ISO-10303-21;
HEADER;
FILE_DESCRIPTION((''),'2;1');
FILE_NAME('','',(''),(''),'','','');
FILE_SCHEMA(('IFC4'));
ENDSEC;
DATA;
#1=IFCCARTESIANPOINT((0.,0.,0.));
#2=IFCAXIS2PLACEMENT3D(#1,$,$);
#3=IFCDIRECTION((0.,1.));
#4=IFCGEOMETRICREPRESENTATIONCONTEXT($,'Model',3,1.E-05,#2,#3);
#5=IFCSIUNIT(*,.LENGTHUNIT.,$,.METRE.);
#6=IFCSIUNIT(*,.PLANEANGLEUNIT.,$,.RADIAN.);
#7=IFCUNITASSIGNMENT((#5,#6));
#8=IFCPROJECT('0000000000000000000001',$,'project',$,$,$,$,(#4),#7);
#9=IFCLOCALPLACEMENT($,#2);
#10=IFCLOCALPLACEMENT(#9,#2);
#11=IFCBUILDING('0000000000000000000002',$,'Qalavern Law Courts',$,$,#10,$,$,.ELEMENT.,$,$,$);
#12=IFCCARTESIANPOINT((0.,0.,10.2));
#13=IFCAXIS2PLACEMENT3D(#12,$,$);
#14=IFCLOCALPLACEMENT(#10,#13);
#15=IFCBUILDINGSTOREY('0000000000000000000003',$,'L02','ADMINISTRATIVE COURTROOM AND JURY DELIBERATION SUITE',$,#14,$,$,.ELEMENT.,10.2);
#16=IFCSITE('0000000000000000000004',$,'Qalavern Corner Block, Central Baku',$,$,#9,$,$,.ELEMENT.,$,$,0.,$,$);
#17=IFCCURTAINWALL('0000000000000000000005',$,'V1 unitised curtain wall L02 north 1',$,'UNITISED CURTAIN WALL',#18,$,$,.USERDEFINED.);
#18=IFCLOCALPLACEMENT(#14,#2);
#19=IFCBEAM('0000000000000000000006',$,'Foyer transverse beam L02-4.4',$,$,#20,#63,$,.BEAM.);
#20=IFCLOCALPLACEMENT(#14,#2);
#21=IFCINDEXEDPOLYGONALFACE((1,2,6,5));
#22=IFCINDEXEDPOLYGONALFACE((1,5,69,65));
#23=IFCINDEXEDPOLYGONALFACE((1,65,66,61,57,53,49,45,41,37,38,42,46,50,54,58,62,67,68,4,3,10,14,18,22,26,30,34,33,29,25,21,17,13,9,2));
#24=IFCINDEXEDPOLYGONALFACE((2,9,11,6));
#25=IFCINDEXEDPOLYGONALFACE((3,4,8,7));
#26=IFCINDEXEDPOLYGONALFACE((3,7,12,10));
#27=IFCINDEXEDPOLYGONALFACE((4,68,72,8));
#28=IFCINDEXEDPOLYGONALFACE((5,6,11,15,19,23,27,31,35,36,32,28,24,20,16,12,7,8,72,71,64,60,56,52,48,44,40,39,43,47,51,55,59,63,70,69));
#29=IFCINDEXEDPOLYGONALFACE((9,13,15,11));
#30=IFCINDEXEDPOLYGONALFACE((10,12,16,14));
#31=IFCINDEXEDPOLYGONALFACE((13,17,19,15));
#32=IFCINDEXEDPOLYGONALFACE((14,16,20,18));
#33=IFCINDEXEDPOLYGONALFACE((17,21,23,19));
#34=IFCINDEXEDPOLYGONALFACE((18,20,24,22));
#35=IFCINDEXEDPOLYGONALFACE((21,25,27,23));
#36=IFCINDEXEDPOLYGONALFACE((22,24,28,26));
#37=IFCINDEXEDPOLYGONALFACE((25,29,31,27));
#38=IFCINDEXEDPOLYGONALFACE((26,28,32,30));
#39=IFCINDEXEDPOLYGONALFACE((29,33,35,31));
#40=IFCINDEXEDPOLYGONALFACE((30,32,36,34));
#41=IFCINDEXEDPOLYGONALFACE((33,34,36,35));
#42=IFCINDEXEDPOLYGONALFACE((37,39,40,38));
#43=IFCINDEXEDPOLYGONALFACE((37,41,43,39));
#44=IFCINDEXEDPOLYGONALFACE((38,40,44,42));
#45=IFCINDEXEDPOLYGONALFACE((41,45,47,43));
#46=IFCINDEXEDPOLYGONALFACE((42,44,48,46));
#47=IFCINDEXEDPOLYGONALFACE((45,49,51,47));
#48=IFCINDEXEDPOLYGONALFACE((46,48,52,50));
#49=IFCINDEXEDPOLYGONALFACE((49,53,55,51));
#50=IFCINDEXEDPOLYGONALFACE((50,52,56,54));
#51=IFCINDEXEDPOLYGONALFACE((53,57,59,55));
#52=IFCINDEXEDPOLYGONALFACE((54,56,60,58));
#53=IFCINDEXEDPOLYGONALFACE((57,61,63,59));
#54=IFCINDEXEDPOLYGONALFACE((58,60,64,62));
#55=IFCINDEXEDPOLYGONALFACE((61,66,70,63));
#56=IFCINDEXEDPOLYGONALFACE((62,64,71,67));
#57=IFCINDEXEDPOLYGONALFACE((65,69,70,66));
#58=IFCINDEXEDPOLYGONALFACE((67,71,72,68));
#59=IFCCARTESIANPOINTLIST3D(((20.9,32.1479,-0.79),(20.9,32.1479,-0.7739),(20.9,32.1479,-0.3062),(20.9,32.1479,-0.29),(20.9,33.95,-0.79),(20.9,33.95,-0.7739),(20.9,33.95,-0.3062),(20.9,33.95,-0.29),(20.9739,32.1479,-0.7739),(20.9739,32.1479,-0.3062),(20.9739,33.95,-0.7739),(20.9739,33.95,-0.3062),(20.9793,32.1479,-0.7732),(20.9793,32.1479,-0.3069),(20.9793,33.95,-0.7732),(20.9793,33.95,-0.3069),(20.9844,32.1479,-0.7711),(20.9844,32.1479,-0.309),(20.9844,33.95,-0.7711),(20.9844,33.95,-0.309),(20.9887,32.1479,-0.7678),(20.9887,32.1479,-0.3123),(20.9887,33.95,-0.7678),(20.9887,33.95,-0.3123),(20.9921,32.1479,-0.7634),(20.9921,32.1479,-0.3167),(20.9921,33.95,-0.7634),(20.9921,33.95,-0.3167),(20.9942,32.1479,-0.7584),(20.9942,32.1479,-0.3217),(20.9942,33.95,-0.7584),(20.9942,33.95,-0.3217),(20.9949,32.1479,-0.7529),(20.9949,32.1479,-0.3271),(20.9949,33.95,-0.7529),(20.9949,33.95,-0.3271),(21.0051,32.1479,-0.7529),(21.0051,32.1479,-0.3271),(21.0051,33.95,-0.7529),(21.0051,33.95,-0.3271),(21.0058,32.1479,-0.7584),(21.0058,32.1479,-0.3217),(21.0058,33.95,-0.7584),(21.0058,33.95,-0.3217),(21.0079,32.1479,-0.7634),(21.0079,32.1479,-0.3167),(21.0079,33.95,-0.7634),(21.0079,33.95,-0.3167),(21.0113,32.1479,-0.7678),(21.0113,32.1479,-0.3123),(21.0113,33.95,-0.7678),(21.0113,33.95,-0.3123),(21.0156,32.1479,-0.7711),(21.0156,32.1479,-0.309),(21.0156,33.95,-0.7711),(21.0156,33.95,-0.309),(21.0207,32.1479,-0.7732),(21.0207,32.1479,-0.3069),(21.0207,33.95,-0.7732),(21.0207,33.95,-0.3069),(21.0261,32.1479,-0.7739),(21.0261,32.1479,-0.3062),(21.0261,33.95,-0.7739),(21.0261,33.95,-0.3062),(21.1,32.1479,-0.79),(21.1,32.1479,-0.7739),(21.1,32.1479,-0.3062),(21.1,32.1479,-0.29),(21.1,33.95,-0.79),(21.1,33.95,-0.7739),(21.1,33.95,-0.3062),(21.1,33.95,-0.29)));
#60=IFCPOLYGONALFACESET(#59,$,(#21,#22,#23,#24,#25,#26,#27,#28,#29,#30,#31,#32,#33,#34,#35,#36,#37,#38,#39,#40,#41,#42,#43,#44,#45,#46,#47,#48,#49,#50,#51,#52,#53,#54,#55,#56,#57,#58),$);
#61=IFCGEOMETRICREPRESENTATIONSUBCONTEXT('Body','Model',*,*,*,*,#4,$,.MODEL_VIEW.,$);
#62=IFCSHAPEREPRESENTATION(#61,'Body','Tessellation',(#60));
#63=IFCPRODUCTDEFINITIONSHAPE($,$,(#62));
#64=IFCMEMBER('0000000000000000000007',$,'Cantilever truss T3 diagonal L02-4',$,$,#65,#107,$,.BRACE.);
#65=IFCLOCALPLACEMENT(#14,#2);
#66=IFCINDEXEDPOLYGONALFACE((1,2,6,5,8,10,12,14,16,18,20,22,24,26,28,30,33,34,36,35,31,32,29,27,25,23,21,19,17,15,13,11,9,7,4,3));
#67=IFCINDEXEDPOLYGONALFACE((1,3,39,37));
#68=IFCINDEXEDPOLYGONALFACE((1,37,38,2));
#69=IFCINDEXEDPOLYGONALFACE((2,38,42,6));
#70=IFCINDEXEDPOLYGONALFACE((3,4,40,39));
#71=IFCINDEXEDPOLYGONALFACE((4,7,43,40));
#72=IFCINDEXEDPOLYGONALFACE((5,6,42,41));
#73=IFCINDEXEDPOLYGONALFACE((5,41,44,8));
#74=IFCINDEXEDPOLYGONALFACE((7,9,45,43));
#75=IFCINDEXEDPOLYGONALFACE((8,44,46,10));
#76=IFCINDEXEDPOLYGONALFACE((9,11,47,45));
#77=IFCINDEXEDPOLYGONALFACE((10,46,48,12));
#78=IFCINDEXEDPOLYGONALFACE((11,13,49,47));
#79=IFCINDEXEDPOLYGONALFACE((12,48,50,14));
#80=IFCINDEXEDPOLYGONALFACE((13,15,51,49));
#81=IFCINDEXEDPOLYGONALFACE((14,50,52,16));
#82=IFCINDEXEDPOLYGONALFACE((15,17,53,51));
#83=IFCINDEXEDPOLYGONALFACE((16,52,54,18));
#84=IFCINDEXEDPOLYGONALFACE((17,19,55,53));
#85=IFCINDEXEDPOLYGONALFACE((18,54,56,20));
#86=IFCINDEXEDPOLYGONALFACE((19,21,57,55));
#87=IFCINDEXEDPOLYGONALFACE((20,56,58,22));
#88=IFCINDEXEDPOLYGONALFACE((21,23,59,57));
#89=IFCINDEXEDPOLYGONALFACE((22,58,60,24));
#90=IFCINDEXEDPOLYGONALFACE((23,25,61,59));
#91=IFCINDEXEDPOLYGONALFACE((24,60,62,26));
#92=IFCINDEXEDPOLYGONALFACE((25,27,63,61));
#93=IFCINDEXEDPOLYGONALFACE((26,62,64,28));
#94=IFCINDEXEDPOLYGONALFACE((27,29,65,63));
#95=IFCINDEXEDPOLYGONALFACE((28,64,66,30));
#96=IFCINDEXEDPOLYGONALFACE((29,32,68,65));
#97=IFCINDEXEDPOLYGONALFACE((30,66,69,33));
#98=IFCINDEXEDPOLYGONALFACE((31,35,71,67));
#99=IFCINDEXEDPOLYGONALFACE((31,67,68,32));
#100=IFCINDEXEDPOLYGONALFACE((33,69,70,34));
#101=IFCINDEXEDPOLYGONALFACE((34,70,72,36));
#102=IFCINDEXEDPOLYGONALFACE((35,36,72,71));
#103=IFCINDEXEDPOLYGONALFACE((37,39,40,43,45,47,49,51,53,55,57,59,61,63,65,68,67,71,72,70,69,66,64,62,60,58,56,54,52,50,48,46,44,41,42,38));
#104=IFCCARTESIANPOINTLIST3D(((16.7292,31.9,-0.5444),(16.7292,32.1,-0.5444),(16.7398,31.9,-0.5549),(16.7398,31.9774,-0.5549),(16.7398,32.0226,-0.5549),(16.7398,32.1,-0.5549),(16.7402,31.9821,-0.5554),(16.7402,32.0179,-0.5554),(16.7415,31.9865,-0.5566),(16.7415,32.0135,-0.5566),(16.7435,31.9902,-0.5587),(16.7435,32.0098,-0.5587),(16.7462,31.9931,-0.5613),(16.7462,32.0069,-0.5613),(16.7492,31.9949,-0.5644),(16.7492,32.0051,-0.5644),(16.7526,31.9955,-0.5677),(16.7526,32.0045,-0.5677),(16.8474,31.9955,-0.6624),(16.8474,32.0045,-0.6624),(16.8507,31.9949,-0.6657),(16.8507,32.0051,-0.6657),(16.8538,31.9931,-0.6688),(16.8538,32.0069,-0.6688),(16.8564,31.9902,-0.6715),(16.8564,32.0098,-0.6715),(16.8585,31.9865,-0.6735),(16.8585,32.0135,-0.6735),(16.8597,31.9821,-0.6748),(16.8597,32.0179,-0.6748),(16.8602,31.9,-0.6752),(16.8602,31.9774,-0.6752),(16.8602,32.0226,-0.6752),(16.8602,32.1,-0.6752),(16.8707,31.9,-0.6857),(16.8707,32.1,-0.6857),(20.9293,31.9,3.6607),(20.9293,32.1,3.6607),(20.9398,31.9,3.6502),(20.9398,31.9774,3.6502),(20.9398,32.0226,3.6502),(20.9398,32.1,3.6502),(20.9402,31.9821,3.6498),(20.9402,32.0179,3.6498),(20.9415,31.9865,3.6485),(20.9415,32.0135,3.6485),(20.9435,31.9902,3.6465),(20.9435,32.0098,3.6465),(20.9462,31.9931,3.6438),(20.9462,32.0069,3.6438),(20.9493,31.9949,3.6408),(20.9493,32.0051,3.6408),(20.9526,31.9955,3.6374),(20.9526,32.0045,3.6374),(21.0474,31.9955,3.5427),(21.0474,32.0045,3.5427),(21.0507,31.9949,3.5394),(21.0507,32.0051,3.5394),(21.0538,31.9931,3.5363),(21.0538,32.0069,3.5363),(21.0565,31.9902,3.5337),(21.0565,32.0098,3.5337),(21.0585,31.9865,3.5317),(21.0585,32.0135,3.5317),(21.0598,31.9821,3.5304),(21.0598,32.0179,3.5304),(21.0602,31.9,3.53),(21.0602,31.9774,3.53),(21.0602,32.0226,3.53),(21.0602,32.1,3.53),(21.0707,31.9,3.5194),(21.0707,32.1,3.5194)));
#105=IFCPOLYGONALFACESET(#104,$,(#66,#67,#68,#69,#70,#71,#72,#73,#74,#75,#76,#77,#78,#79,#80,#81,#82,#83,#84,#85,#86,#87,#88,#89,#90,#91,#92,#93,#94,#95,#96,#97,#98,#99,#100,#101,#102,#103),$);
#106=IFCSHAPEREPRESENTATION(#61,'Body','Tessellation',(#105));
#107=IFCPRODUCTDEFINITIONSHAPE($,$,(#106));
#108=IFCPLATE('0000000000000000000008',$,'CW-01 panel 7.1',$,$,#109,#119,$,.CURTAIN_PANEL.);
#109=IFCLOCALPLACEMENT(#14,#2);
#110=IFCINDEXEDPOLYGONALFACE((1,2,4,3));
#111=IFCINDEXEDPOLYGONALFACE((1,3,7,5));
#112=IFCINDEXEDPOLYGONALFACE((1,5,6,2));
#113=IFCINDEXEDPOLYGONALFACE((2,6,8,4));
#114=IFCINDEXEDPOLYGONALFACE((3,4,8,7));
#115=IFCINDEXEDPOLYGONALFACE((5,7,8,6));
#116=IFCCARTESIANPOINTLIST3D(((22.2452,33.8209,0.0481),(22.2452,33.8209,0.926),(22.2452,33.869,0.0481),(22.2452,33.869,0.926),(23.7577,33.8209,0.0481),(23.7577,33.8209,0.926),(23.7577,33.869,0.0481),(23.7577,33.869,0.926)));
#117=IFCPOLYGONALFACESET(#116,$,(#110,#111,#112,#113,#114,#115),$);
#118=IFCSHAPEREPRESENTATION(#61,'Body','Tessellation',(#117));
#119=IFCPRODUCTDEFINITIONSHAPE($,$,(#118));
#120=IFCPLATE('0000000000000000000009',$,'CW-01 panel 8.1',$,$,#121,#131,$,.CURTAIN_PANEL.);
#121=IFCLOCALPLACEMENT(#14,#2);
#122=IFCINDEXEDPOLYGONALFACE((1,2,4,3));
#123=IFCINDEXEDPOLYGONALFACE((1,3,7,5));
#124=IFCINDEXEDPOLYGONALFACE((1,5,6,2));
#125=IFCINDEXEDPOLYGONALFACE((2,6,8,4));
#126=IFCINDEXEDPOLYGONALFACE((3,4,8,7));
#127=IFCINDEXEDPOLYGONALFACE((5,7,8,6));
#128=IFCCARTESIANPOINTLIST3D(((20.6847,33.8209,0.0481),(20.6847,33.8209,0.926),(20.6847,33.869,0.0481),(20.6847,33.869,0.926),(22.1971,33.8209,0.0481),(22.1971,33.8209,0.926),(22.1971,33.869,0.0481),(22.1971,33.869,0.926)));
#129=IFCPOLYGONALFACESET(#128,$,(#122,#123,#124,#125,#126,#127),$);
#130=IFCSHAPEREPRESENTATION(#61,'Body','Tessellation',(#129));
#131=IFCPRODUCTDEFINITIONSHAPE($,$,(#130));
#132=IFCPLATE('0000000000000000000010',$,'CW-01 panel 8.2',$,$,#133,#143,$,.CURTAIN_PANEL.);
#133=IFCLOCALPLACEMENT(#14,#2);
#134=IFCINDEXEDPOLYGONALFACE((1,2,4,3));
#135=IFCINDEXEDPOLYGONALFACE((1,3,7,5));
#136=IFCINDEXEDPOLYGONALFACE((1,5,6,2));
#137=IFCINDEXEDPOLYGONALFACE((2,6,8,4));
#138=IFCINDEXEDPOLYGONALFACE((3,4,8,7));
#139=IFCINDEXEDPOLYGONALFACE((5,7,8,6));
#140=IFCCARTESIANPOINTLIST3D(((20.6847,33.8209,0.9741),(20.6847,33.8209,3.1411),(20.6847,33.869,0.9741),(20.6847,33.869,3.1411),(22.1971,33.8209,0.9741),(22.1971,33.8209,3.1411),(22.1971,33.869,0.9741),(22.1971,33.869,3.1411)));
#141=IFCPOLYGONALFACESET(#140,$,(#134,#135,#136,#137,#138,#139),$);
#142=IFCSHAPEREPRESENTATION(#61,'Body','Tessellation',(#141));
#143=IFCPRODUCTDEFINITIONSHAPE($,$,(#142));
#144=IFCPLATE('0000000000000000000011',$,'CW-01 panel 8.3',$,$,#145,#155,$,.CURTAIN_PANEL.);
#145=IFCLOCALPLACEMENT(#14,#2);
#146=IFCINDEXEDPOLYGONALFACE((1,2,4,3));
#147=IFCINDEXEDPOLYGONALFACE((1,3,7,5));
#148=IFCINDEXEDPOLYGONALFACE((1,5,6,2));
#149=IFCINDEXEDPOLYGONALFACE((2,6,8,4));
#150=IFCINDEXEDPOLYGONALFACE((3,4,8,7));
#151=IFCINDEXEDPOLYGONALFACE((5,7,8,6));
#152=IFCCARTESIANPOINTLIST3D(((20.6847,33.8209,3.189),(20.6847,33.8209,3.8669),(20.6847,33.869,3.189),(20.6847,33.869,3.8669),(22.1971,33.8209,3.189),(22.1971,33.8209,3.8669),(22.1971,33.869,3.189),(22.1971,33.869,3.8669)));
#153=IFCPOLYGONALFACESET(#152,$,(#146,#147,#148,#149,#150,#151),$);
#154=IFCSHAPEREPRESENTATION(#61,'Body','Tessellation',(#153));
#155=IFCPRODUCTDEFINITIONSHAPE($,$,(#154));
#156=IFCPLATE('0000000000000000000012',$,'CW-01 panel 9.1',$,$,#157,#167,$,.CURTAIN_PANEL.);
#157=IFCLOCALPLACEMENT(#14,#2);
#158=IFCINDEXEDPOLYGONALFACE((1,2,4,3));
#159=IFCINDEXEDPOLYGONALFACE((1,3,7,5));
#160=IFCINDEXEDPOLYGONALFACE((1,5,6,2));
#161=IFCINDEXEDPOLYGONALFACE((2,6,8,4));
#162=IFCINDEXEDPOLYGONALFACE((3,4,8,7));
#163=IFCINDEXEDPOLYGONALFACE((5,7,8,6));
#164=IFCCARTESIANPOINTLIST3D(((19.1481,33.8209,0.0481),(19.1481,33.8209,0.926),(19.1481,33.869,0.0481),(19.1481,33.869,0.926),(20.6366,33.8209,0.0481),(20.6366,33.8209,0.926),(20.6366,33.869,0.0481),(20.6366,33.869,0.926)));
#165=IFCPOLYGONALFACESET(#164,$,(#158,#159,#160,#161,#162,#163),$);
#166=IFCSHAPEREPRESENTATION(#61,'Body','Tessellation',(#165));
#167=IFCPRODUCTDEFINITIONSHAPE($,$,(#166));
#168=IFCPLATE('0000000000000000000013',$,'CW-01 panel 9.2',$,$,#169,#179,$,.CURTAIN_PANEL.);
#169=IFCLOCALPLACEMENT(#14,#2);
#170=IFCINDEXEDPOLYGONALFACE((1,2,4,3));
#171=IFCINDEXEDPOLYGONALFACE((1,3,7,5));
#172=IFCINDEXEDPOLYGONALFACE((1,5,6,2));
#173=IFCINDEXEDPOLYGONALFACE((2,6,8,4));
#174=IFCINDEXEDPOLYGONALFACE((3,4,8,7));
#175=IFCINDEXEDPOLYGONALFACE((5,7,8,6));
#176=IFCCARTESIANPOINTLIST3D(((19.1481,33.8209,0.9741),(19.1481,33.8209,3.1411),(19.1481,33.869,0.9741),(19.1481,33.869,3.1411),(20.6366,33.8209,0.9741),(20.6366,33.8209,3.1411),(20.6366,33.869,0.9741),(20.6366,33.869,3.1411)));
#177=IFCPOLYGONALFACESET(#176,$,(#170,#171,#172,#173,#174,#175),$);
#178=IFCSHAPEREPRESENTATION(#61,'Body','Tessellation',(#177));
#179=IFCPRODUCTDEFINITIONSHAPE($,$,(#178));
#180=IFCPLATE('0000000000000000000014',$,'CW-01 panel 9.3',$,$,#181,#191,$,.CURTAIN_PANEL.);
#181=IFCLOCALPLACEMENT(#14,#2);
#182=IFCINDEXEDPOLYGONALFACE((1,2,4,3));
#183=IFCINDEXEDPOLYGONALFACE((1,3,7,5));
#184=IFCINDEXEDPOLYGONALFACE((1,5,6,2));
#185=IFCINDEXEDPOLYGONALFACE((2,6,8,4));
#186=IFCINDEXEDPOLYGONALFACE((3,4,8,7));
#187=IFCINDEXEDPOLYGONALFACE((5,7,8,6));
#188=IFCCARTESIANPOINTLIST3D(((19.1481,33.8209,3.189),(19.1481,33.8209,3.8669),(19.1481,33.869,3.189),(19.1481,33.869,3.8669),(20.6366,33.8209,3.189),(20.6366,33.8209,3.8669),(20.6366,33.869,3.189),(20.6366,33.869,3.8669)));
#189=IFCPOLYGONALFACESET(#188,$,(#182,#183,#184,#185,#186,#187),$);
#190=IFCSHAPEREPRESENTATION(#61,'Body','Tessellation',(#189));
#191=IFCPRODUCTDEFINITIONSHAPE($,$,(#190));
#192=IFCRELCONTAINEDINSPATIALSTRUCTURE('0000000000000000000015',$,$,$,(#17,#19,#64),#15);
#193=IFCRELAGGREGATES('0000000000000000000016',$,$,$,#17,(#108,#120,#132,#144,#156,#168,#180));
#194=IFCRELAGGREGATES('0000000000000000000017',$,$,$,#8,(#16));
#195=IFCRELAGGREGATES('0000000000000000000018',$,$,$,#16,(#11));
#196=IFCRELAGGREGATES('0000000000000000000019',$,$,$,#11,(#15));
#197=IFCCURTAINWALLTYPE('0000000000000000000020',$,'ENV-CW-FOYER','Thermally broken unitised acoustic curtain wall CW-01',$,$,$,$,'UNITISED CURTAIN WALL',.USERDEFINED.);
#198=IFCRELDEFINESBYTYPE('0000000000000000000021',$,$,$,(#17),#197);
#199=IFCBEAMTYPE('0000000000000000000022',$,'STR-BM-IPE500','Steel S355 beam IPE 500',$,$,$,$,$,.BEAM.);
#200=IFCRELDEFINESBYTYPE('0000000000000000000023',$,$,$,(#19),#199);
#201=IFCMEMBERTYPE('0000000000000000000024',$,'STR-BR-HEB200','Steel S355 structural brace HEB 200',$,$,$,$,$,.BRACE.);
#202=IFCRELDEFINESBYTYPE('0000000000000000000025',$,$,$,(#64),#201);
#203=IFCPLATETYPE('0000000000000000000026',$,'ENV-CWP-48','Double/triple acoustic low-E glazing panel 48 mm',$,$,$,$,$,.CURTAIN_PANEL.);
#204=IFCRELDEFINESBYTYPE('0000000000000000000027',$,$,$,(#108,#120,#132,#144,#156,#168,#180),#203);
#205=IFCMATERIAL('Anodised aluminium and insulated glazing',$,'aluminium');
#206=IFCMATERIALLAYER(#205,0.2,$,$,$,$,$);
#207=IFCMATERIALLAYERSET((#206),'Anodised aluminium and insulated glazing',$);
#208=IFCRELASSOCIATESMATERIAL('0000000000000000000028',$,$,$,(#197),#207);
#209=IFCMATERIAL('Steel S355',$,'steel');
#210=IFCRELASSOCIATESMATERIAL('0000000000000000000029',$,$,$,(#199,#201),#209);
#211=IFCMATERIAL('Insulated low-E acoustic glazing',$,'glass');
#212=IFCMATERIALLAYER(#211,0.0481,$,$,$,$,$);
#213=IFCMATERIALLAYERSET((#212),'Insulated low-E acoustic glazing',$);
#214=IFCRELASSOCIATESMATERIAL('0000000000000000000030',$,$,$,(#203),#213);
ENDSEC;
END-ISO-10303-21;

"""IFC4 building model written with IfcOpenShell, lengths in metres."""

from ifc_helpers import new_model, si_unit, direction, frame, origin, origin_2d, place, context, subcontext, project, spatial, rectangle, i_section, extrude, material, layer, layer_set, material_profile, profile_set, type_object, element, aggregate, save


model = new_model("IFC4")

# Units and contexts
model_context = context("Model", 3, precision=1e-05, world=origin(), true_north=direction((0.0, 1.0)))
body_context = subcontext(model_context, "Body", "Model", "MODEL_VIEW")
ifc_project = project(units=[si_unit("LENGTHUNIT", "METRE"), si_unit("PLANEANGLEUNIT", "RADIAN")], contexts=[model_context])

# Site, building, storey
site_placement = place(None, origin())
site = spatial("IfcSite", under=ifc_project, at=site_placement, Name="Qalavern Corner Block, Central Baku", CompositionType="ELEMENT", RefElevation=0.0)
building_placement = place(site_placement, origin())
building = spatial("IfcBuilding", under=site, at=building_placement, Name="Qalavern Law Courts", CompositionType="ELEMENT")
storey_placement = place(building_placement, frame((0.0, 0.0, 10.2)))
storey = spatial("IfcBuildingStorey", under=building, at=storey_placement, Name="L02", Description="ADMINISTRATIVE COURTROOM AND JURY DELIBERATION SUITE", CompositionType="ELEMENT", Elevation=10.2)

# Curtain wall
ifc_material_1 = material(Name="Anodised aluminium and insulated glazing", Category="aluminium")
ifc_layer_1 = layer(ifc_material_1, 0.2)
ifc_layer_set_1 = layer_set([ifc_layer_1], Name="Anodised aluminium and insulated glazing")
curtain_wall_type = type_object("IfcCurtainWallType", Name="ENV-CW-FOYER", Description="Thermally broken unitised acoustic curtain wall CW-01", ElementType="UNITISED CURTAIN WALL", PredefinedType="USERDEFINED", material=ifc_layer_set_1)
curtain_wall_placement = place(storey_placement, origin())
curtain_wall = element("IfcCurtainWall", 1, at=curtain_wall_placement, inside=storey, type_object=curtain_wall_type, Name="V1 unitised curtain wall L02 north 1", ObjectType="UNITISED CURTAIN WALL", PredefinedType="USERDEFINED")

# Beam
ifc_material_2 = material(Name="Steel S355", Category="steel")
ifc_material_profile_1 = material_profile(ifc_material_2, i_section(OverallWidth=0.2, OverallDepth=0.5, WebThickness=0.0103, FlangeThickness=0.0161, FilletRadius=0.021, at=origin_2d()), Name="IPE 500")
ifc_profile_set_1 = profile_set([ifc_material_profile_1], Name="Steel S355")
beam_type = type_object("IfcBeamType", Name="STR-BM-IPE500", Description="Steel S355 beam IPE 500", PredefinedType="BEAM", material=ifc_profile_set_1)
beam_placement = place(storey_placement, frame((21.0, 32.1479, -0.54), z_axis=(0.0, 1.0, 0.0), x_axis=(-1.0, 0.0, 0.0)))
element("IfcBeam", 2, at=beam_placement, inside=storey, type_object=beam_type, Name="Foyer transverse beam L02-4.4", PredefinedType="BEAM", context=body_context, shape_type="SweptSolid", body=[
    extrude(i_section(OverallWidth=0.2, OverallDepth=0.5, WebThickness=0.0103, FlangeThickness=0.0161, FilletRadius=0.021, at=origin_2d()), origin(), (0.0, 0.0, 1.0), 1.802),
])

# Member
ifc_material_profile_2 = material_profile(ifc_material_2, i_section(OverallWidth=0.2, OverallDepth=0.2, WebThickness=0.009, FlangeThickness=0.0149, FilletRadius=0.0181, at=origin_2d()), Name="HEB 200")
ifc_profile_set_2 = profile_set([ifc_material_profile_2], Name="Steel S355")
member_type_1 = type_object("IfcMemberType", Name="STR-BR-HEB200", Description="Steel S355 structural brace HEB 200", PredefinedType="BRACE", material=ifc_profile_set_2)
member_1_placement = place(storey_placement, frame((21.0, 32.0, 3.5901), z_axis=(-0.706675, 0.0, -0.707538), x_axis=(0.0, -1.0, 0.0)))
element("IfcMember", 3, at=member_1_placement, inside=storey, type_object=member_type_1, Name="Cantilever truss T3 diagonal L02-4", PredefinedType="BRACE", context=body_context, shape_type="SweptSolid", body=[
    extrude(i_section(OverallWidth=0.2, OverallDepth=0.2, WebThickness=0.009, FlangeThickness=0.0149, FilletRadius=0.0181, at=origin_2d()), origin(), (0.0, 0.0, 1.0), 5.9434),
])

# Plates
ifc_material_3 = material(Name="Insulated low-E acoustic glazing", Category="glass")
ifc_layer_2 = layer(ifc_material_3, 0.0481)
ifc_layer_set_2 = layer_set([ifc_layer_2], Name="Insulated low-E acoustic glazing")
plate_type_1 = type_object("IfcPlateType", Name="ENV-CWP-48", Description="Double/triple acoustic low-E glazing panel 48 mm", PredefinedType="CURTAIN_PANEL", material=ifc_layer_set_2)
plate_1_placement = place(storey_placement, frame((23.0015, 33.845, 0.0481), z_axis=(0.0, 0.0, 1.0), x_axis=(-1.0, 0.0, 0.0)))
plate_1 = element("IfcPlate", 4, at=plate_1_placement, type_object=plate_type_1, Name="CW-01 panel 7.1", PredefinedType="CURTAIN_PANEL", context=body_context, shape_type="SweptSolid", body=[
    extrude(rectangle(XDim=1.5125, YDim=0.0481, at=origin_2d()), origin(), (0.0, 0.0, 1.0), 0.8779),
])
plate_2_placement = place(storey_placement, frame((21.4409, 33.845, 0.0481), z_axis=(0.0, 0.0, 1.0), x_axis=(-1.0, 0.0, 0.0)))
plate_2 = element("IfcPlate", 5, at=plate_2_placement, type_object=plate_type_1, Name="CW-01 panel 8.1", PredefinedType="CURTAIN_PANEL", context=body_context, shape_type="SweptSolid", body=[
    extrude(rectangle(XDim=1.5125, YDim=0.0481, at=origin_2d()), origin(), (0.0, 0.0, 1.0), 0.8779),
])
plate_3_placement = place(storey_placement, frame((21.4409, 33.845, 0.9741), z_axis=(0.0, 0.0, 1.0), x_axis=(-1.0, 0.0, 0.0)))
plate_3 = element("IfcPlate", 6, at=plate_3_placement, type_object=plate_type_1, Name="CW-01 panel 8.2", PredefinedType="CURTAIN_PANEL", context=body_context, shape_type="SweptSolid", body=[
    extrude(rectangle(XDim=1.5125, YDim=0.0481, at=origin_2d()), origin(), (0.0, 0.0, 1.0), 2.167),
])
plate_4_placement = place(storey_placement, frame((21.4409, 33.845, 3.189), z_axis=(0.0, 0.0, 1.0), x_axis=(-1.0, 0.0, 0.0)))
plate_4 = element("IfcPlate", 7, at=plate_4_placement, type_object=plate_type_1, Name="CW-01 panel 8.3", PredefinedType="CURTAIN_PANEL", context=body_context, shape_type="SweptSolid", body=[
    extrude(rectangle(XDim=1.5125, YDim=0.0481, at=origin_2d()), origin(), (0.0, 0.0, 1.0), 0.678),
])
plate_5_placement = place(storey_placement, frame((19.8923, 33.845, 0.0481), z_axis=(0.0, 0.0, 1.0), x_axis=(-1.0, 0.0, 0.0)))
plate_5 = element("IfcPlate", 8, at=plate_5_placement, type_object=plate_type_1, Name="CW-01 panel 9.1", PredefinedType="CURTAIN_PANEL", context=body_context, shape_type="SweptSolid", body=[
    extrude(rectangle(XDim=1.4885, YDim=0.0481, at=origin_2d()), origin(), (0.0, 0.0, 1.0), 0.8779),
])
plate_6_placement = place(storey_placement, frame((19.8923, 33.845, 0.9741), z_axis=(0.0, 0.0, 1.0), x_axis=(-1.0, 0.0, 0.0)))
plate_6 = element("IfcPlate", 9, at=plate_6_placement, type_object=plate_type_1, Name="CW-01 panel 9.2", PredefinedType="CURTAIN_PANEL", context=body_context, shape_type="SweptSolid", body=[
    extrude(rectangle(XDim=1.4885, YDim=0.0481, at=origin_2d()), origin(), (0.0, 0.0, 1.0), 2.167),
])
plate_7_placement = place(storey_placement, frame((19.8923, 33.845, 3.189), z_axis=(0.0, 0.0, 1.0), x_axis=(-1.0, 0.0, 0.0)))
plate_7 = element("IfcPlate", 10, at=plate_7_placement, type_object=plate_type_1, Name="CW-01 panel 9.3", PredefinedType="CURTAIN_PANEL", context=body_context, shape_type="SweptSolid", body=[
    extrude(rectangle(XDim=1.4885, YDim=0.0481, at=origin_2d()), origin(), (0.0, 0.0, 1.0), 0.678),
])
aggregate(curtain_wall, [plate_1, plate_2, plate_3, plate_4, plate_5, plate_6, plate_7])

save(model, "model.ifc")
